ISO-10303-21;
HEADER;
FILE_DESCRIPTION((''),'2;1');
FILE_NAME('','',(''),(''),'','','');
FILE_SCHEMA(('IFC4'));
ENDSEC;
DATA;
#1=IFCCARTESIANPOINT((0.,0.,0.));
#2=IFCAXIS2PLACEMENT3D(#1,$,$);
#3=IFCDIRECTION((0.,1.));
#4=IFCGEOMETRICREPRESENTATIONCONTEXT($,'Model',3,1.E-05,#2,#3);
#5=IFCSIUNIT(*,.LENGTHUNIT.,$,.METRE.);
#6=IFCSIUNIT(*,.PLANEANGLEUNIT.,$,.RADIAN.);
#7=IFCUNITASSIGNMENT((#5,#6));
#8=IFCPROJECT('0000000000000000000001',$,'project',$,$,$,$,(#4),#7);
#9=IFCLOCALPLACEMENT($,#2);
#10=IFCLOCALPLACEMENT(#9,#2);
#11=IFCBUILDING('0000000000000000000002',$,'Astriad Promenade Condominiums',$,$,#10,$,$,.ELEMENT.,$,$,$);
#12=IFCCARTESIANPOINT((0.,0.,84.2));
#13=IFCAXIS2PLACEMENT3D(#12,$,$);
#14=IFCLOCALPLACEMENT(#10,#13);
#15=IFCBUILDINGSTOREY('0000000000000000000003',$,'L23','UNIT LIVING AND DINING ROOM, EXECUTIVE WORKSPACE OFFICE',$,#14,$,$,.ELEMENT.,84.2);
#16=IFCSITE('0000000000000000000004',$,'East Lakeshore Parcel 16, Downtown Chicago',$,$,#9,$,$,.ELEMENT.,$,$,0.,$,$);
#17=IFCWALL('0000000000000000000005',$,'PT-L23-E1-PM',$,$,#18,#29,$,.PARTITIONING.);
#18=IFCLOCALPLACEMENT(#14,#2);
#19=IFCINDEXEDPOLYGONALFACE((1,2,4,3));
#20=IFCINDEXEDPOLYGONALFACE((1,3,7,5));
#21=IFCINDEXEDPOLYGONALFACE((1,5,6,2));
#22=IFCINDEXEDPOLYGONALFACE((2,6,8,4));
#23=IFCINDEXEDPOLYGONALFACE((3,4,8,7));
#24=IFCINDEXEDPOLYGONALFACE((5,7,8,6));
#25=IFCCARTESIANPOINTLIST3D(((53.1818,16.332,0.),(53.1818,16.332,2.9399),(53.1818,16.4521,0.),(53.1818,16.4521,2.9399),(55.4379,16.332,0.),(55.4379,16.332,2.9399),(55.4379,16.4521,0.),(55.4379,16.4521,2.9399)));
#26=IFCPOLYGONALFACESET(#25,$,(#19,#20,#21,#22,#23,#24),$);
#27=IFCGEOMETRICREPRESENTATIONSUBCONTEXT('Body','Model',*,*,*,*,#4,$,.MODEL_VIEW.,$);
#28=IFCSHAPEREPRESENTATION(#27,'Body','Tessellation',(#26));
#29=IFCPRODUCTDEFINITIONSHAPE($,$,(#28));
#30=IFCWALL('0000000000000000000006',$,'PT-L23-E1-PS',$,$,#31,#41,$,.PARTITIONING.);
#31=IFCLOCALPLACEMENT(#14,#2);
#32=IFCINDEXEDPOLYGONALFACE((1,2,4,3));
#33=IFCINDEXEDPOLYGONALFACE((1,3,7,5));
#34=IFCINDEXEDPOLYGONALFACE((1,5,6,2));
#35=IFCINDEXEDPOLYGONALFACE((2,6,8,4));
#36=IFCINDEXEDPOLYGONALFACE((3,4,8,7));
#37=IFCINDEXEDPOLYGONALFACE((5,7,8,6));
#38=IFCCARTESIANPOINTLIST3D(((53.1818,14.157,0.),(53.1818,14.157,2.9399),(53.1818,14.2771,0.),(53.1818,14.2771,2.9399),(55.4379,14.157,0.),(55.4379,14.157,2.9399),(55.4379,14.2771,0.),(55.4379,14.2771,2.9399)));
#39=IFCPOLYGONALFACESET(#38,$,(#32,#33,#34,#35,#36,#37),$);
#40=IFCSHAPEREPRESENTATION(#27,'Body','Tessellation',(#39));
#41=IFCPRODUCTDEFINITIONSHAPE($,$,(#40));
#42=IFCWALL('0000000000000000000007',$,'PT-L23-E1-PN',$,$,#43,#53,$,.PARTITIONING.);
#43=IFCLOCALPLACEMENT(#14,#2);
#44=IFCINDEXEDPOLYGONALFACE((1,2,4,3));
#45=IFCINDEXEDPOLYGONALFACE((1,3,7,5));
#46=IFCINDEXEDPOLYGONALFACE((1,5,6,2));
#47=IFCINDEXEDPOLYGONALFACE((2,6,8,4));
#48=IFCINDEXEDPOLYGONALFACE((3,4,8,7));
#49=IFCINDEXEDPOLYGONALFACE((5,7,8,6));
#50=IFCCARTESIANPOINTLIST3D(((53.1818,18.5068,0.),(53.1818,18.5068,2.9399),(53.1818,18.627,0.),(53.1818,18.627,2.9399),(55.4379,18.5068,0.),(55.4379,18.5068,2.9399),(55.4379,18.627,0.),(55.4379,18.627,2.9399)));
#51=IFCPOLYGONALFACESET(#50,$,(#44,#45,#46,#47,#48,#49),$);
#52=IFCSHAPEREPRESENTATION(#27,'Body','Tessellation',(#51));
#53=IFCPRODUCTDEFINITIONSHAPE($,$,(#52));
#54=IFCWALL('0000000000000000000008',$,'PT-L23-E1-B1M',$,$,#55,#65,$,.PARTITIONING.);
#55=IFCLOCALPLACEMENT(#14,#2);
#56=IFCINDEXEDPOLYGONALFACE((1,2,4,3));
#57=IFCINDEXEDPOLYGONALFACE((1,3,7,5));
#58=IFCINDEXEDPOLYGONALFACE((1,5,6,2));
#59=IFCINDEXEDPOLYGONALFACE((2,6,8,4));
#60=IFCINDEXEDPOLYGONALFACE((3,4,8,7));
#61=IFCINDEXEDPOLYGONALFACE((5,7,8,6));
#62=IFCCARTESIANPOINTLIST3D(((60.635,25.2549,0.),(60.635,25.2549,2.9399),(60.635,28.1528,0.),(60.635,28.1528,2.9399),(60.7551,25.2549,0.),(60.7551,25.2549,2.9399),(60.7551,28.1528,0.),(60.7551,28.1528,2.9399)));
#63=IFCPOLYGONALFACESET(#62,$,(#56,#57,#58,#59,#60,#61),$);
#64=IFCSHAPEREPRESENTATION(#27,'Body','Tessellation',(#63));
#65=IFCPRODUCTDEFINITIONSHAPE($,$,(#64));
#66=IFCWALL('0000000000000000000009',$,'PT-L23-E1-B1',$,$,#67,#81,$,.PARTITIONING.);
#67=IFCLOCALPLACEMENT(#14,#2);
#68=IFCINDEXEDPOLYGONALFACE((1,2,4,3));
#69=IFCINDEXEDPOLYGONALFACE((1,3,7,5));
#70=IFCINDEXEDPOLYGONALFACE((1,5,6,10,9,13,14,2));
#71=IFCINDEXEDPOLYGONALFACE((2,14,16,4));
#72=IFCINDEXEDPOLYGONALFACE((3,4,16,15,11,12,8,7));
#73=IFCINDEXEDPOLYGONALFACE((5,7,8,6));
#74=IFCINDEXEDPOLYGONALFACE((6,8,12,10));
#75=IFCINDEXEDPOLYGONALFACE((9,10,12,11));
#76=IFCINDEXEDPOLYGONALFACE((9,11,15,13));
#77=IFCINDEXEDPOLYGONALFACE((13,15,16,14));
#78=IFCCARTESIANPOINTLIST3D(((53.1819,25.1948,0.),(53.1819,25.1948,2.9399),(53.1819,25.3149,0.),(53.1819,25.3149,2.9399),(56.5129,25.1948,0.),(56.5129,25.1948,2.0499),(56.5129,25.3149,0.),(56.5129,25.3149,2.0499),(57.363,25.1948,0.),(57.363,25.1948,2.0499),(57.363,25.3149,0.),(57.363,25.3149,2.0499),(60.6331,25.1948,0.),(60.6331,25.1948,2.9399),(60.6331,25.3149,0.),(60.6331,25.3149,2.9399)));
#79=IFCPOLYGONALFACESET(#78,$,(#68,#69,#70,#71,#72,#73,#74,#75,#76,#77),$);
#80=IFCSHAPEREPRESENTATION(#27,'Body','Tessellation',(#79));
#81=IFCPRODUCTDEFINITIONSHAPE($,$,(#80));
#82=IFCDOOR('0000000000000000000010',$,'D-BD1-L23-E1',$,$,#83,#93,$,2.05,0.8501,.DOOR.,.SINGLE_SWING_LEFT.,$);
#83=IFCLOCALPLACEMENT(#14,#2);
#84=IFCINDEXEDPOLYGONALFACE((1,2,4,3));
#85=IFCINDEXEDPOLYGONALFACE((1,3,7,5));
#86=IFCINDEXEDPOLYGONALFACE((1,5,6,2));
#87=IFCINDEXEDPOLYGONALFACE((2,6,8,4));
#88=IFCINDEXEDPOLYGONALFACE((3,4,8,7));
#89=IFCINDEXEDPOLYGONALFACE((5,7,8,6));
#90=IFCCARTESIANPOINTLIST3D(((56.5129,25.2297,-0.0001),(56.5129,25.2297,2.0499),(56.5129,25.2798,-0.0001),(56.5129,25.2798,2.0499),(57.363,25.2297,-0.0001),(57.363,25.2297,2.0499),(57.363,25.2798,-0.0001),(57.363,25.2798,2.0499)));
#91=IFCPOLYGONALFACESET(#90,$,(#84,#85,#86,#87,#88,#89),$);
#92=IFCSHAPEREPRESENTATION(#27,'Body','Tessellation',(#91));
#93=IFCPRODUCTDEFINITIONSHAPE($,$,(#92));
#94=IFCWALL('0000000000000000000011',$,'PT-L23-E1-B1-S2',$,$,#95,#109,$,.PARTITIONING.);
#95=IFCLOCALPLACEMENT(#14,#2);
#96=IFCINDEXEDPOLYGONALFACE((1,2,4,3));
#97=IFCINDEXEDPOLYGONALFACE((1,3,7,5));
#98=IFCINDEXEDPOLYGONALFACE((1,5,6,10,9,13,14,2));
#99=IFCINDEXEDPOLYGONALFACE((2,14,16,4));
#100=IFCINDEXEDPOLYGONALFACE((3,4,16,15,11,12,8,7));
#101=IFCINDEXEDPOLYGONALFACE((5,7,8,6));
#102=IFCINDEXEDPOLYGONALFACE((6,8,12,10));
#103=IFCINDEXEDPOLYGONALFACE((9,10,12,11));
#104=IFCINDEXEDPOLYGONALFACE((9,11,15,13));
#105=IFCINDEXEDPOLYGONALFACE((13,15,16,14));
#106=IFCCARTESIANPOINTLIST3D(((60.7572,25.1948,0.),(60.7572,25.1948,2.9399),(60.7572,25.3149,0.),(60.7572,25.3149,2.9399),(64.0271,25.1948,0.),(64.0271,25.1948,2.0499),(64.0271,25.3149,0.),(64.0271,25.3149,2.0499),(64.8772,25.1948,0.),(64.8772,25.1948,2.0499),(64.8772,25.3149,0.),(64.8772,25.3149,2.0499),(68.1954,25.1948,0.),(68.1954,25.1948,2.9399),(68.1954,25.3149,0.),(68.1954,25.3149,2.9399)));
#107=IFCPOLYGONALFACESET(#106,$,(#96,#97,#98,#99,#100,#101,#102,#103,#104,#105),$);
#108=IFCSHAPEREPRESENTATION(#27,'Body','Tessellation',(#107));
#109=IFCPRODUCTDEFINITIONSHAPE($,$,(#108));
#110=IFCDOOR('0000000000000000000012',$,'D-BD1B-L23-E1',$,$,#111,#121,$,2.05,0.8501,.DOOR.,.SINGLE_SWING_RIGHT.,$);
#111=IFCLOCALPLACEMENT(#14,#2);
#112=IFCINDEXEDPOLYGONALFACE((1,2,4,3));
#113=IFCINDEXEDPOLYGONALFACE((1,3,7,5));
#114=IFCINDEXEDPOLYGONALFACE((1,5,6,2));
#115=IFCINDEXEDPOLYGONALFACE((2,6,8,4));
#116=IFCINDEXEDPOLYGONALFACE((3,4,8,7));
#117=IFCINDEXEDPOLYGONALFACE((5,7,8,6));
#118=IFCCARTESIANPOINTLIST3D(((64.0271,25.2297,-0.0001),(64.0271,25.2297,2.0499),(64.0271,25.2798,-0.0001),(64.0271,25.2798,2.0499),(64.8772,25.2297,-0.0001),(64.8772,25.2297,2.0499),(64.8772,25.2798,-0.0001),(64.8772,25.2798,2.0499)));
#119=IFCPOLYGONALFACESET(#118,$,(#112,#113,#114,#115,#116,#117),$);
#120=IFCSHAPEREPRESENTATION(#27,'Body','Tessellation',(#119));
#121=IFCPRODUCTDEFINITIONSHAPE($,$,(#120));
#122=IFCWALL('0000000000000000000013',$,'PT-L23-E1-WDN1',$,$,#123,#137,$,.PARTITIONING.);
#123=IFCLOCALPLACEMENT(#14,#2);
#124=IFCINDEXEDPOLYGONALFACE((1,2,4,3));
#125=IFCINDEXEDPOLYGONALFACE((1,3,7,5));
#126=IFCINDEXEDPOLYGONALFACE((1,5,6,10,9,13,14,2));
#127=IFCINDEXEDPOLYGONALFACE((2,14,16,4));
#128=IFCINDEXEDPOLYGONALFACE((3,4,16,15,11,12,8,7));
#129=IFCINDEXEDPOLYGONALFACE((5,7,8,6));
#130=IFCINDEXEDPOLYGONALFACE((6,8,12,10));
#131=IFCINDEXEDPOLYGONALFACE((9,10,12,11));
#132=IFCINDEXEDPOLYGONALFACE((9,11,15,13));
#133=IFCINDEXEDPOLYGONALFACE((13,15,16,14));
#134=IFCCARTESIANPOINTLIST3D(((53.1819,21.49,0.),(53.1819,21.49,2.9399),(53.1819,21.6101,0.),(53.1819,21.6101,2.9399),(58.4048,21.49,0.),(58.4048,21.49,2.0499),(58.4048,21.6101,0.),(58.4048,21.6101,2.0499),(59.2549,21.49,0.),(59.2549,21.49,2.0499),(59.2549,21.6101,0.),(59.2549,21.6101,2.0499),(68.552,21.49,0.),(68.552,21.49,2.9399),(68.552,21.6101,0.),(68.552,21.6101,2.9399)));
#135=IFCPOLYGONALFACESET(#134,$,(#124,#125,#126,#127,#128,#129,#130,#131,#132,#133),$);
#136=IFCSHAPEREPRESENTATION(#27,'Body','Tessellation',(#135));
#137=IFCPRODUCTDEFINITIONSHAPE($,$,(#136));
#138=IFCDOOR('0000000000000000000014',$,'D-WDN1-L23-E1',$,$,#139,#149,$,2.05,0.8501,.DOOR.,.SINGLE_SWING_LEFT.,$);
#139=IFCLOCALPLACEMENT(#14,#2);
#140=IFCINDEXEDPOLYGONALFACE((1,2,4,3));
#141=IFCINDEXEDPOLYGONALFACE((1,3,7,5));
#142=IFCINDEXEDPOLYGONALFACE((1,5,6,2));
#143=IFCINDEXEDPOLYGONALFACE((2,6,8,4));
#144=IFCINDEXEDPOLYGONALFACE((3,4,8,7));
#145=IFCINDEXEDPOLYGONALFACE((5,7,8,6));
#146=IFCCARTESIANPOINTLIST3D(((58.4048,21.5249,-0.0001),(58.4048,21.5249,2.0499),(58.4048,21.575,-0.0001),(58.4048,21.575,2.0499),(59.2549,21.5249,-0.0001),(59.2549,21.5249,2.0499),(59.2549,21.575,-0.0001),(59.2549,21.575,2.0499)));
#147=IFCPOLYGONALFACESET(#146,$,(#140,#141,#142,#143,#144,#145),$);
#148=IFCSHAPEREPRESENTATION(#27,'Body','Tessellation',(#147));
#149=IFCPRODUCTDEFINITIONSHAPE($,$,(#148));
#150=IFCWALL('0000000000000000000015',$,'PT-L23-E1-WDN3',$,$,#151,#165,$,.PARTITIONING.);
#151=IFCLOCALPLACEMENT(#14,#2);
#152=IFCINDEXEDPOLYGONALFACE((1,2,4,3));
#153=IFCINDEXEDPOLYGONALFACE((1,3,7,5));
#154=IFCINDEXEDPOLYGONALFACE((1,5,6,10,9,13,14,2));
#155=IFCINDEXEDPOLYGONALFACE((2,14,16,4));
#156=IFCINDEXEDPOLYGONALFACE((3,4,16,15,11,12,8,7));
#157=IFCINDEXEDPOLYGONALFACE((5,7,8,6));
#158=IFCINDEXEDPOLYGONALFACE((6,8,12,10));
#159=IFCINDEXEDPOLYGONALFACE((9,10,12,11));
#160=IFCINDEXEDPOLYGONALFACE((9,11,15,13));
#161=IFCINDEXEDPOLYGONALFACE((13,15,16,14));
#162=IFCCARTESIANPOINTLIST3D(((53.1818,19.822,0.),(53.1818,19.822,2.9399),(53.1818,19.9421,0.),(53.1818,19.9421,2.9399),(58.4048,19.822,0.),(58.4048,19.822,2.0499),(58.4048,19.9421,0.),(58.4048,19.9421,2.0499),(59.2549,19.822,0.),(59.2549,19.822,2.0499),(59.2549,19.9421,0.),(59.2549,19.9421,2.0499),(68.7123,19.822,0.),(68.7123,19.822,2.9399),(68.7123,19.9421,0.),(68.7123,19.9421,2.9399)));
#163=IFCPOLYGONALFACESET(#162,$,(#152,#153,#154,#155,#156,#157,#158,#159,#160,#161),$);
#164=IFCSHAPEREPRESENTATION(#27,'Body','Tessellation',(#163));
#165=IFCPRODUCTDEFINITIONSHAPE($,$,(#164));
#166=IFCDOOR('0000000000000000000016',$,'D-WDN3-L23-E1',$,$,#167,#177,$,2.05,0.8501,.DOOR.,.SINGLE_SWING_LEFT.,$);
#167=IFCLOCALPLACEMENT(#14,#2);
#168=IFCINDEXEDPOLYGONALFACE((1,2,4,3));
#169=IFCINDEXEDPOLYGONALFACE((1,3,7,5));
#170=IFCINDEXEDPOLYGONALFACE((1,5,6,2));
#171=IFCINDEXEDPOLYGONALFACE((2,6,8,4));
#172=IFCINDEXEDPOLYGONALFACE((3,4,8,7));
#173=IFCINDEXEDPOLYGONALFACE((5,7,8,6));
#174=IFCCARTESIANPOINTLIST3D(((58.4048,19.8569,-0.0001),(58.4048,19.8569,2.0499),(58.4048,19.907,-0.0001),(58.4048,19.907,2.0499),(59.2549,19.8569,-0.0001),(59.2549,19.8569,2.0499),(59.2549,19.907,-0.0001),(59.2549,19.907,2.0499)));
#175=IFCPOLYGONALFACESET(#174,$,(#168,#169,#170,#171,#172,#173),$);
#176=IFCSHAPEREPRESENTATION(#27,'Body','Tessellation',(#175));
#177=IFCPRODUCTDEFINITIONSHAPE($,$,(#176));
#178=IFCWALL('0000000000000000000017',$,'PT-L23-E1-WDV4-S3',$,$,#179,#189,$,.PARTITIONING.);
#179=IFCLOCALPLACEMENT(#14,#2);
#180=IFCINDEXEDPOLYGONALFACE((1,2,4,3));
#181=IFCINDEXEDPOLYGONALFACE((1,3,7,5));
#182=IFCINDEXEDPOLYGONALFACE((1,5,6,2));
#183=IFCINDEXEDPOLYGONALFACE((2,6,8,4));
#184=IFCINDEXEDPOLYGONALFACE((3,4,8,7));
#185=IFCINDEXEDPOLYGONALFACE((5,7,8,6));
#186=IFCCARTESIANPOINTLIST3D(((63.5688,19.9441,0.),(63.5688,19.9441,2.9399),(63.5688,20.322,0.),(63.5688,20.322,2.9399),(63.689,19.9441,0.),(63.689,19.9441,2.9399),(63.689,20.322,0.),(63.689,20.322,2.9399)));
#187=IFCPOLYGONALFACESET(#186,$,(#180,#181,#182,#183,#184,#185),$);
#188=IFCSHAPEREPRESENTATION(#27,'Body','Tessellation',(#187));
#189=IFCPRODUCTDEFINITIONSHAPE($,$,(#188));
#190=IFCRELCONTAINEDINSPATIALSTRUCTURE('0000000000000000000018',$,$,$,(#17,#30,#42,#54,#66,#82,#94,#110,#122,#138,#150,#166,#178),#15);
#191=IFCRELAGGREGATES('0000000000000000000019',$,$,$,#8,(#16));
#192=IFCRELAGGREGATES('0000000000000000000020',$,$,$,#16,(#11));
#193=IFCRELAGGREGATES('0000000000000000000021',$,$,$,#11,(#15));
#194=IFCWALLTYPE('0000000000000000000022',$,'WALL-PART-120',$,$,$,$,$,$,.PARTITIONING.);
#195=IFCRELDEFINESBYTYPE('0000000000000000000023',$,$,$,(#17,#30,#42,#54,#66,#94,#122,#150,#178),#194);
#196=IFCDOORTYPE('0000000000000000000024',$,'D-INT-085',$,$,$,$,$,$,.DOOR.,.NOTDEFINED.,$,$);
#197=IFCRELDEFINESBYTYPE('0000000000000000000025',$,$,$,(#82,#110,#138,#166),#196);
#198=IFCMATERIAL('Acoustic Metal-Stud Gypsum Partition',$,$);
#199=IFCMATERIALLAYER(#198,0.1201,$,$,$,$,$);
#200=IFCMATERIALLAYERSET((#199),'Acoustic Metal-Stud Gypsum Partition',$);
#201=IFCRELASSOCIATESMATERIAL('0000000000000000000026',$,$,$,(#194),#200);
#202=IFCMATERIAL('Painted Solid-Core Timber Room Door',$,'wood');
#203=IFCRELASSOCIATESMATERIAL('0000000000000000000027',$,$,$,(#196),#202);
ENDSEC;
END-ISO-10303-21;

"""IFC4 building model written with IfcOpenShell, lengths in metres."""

from ifc_helpers import new_model, si_unit, direction, frame, frame_2d, origin, place, context, subcontext, project, spatial, rectangle, extrude, source, transform, mapped, material, layer, layer_set, type_object, type_shapes, element, fill, save


model = new_model("IFC4")

# Units and contexts
model_context = context("Model", 3, precision=1e-05, world=origin(), true_north=direction((0.0, 1.0)))
body_context = subcontext(model_context, "Body", "Model", "MODEL_VIEW")
ifc_project = project(units=[si_unit("LENGTHUNIT", "METRE"), si_unit("PLANEANGLEUNIT", "RADIAN")], contexts=[model_context])

# Site, building, storey
site_placement = place(None, origin())
site = spatial("IfcSite", under=ifc_project, at=site_placement, Name="East Lakeshore Parcel 16, Downtown Chicago", CompositionType="ELEMENT", RefElevation=0.0)
building_placement = place(site_placement, origin())
building = spatial("IfcBuilding", under=site, at=building_placement, Name="Astriad Promenade Condominiums", CompositionType="ELEMENT")
storey_placement = place(building_placement, frame((0.0, 0.0, 84.2)))
storey = spatial("IfcBuildingStorey", under=building, at=storey_placement, Name="L23", Description="UNIT LIVING AND DINING ROOM, EXECUTIVE WORKSPACE OFFICE", CompositionType="ELEMENT", Elevation=84.2)

# Shared definitions
ifc_material_1 = material(Name="Acoustic Metal-Stud Gypsum Partition")
ifc_layer = layer(ifc_material_1, 0.1201)
ifc_layer_set = layer_set([ifc_layer], Name="Acoustic Metal-Stud Gypsum Partition")
wall_type = type_object("IfcWallType", Name="WALL-PART-120", PredefinedType="PARTITIONING", material=ifc_layer_set)
ifc_material_2 = material(Name="Painted Solid-Core Timber Room Door", Category="wood")
door_type_1 = type_object("IfcDoorType", Name="D-INT-085", OperationType="NOTDEFINED", PredefinedType="DOOR", material=ifc_material_2)
shared_shape_1 = source(origin(), body_context, "Body", "SweptSolid", [
    extrude(rectangle(XDim=0.8501, YDim=2.05, at=frame_2d((0.425, 1.0249))), frame((0.0, 0.0249, 0.0), z_axis=(0.0, -1.0, 0.0), x_axis=(1.0, 0.0, 0.0)), (0.0, 0.0, 1.0), 0.05),
])
type_shapes(door_type_1, [shared_shape_1])

# Walls
for number, where, z_axis, x_axis, name in (
    (1, (53.1819, 16.3921, 0.0), (0.0, 0.0, 1.0), (1.0, 0.0, 0.0), "PT-L23-E1-PM"),
    (2, (53.1819, 14.217, 0.0), (0.0, 0.0, 1.0), (1.0, 0.0, 0.0), "PT-L23-E1-PS"),
    (3, (53.1819, 18.5669, 0.0), (0.0, 0.0, 1.0), (1.0, 0.0, 0.0), "PT-L23-E1-PN"),
):
    element("IfcWall", number, at=place(storey_placement, frame(where, z_axis=z_axis, x_axis=x_axis)), inside=storey, type_object=wall_type, Name=name, PredefinedType="PARTITIONING", context=body_context, shape_type="SweptSolid", body=[
        extrude(rectangle(XDim=2.2561, YDim=0.1201, at=frame_2d((1.1279, 0.0))), origin(), (0.0, 0.0, 1.0), 2.9399),
    ])
wall_1_placement = place(storey_placement, frame((60.6951, 25.2549, 0.0), z_axis=(0.0, 0.0, 1.0), x_axis=(0.0, 1.0, 0.0)))
element("IfcWall", 4, at=wall_1_placement, inside=storey, type_object=wall_type, Name="PT-L23-E1-B1M", PredefinedType="PARTITIONING", context=body_context, shape_type="SweptSolid", body=[
    extrude(rectangle(XDim=2.8979, YDim=0.1201, at=frame_2d((1.449, 0.0))), origin(), (0.0, 0.0, 1.0), 2.9399),
])

# Walls, openings, doors
wall_2_placement = place(storey_placement, frame((53.1819, 25.2549, 0.0), z_axis=(0.0, 0.0, 1.0), x_axis=(1.0, 0.0, 0.0)))
wall_2 = element("IfcWall", 5, at=wall_2_placement, inside=storey, type_object=wall_type, Name="PT-L23-E1-B1", PredefinedType="PARTITIONING", context=body_context, shape_type="SweptSolid", body=[
    extrude(rectangle(XDim=7.4512, YDim=0.1201, at=frame_2d((3.7256, 0.0))), origin(), (0.0, 0.0, 1.0), 2.9399),
])
opening_1_placement = place(wall_2_placement, frame((3.3311, 0.0, 0.0)))
opening_1 = element("IfcOpeningElement", 6, at=opening_1_placement, cuts=wall_2, PredefinedType="OPENING", context=body_context, shape_type="SweptSolid", body=[
    extrude(rectangle(XDim=0.8501, YDim=2.05, at=frame_2d((0.425, 1.0249))), frame((0.0, 0.0701, 0.0), z_axis=(0.0, -1.0, 0.0), x_axis=(1.0, 0.0, 0.0)), (0.0, 0.0, 1.0), 0.1401),
])
door_1_placement = place(opening_1_placement, origin())
door_1 = element("IfcDoor", 7, at=door_1_placement, inside=storey, type_object=door_type_1, Name="D-BD1-L23-E1", OperationType="SINGLE_SWING_LEFT", OverallHeight=2.05, OverallWidth=0.8501, PredefinedType="DOOR", context=body_context, shape_type="MappedRepresentation", body=[
    mapped(shared_shape_1, transform((0.0, 0.0, 0.0), scale=1.0)),
])
fill(opening_1, door_1)
wall_3_placement = place(storey_placement, frame((60.7571, 25.2549, 0.0), z_axis=(0.0, 0.0, 1.0), x_axis=(1.0, 0.0, 0.0)))
wall_3 = element("IfcWall", 8, at=wall_3_placement, inside=storey, type_object=wall_type, Name="PT-L23-E1-B1-S2", PredefinedType="PARTITIONING", context=body_context, shape_type="SweptSolid", body=[
    extrude(rectangle(XDim=7.4382, YDim=0.1201, at=frame_2d((3.7192, 0.0))), origin(), (0.0, 0.0, 1.0), 2.9399),
])
opening_2_placement = place(wall_3_placement, frame((3.27, 0.0, 0.0)))
opening_2 = element("IfcOpeningElement", 9, at=opening_2_placement, cuts=wall_3, PredefinedType="OPENING", context=body_context, shape_type="SweptSolid", body=[
    extrude(rectangle(XDim=0.8501, YDim=2.05, at=frame_2d((0.425, 1.0249))), frame((0.0, 0.0701, 0.0), z_axis=(0.0, -1.0, 0.0), x_axis=(1.0, 0.0, 0.0)), (0.0, 0.0, 1.0), 0.1401),
])
door_2_placement = place(opening_2_placement, origin())
door_2 = element("IfcDoor", 10, at=door_2_placement, inside=storey, type_object=door_type_1, Name="D-BD1B-L23-E1", OperationType="SINGLE_SWING_RIGHT", OverallHeight=2.05, OverallWidth=0.8501, PredefinedType="DOOR", context=body_context, shape_type="MappedRepresentation", body=[
    mapped(shared_shape_1, transform((0.0, 0.0, 0.0), scale=1.0)),
])
fill(opening_2, door_2)
wall_4_placement = place(storey_placement, frame((53.1819, 21.55, 0.0), z_axis=(0.0, 0.0, 1.0), x_axis=(1.0, 0.0, 0.0)))
wall_4 = element("IfcWall", 11, at=wall_4_placement, inside=storey, type_object=wall_type, Name="PT-L23-E1-WDN1", PredefinedType="PARTITIONING", context=body_context, shape_type="SweptSolid", body=[
    extrude(rectangle(XDim=15.3701, YDim=0.1201, at=frame_2d((7.6851, 0.0))), origin(), (0.0, 0.0, 1.0), 2.9399),
])
opening_3_placement = place(wall_4_placement, frame((5.2229, 0.0, 0.0)))
opening_3 = element("IfcOpeningElement", 12, at=opening_3_placement, cuts=wall_4, PredefinedType="OPENING", context=body_context, shape_type="SweptSolid", body=[
    extrude(rectangle(XDim=0.8501, YDim=2.05, at=frame_2d((0.425, 1.0249))), frame((0.0, 0.0701, 0.0), z_axis=(0.0, -1.0, 0.0), x_axis=(1.0, 0.0, 0.0)), (0.0, 0.0, 1.0), 0.1401),
])
door_3_placement = place(opening_3_placement, origin())
door_3 = element("IfcDoor", 13, at=door_3_placement, inside=storey, type_object=door_type_1, Name="D-WDN1-L23-E1", OperationType="SINGLE_SWING_LEFT", OverallHeight=2.05, OverallWidth=0.8501, PredefinedType="DOOR", context=body_context, shape_type="MappedRepresentation", body=[
    mapped(shared_shape_1, transform((0.0, 0.0, 0.0), scale=1.0)),
])
fill(opening_3, door_3)
wall_5_placement = place(storey_placement, frame((53.1819, 19.8821, 0.0), z_axis=(0.0, 0.0, 1.0), x_axis=(1.0, 0.0, 0.0)))
wall_5 = element("IfcWall", 14, at=wall_5_placement, inside=storey, type_object=wall_type, Name="PT-L23-E1-WDN3", PredefinedType="PARTITIONING", context=body_context, shape_type="SweptSolid", body=[
    extrude(rectangle(XDim=15.5305, YDim=0.1201, at=frame_2d((7.7651, 0.0))), origin(), (0.0, 0.0, 1.0), 2.9399),
])
opening_4_placement = place(wall_5_placement, frame((5.2229, 0.0, 0.0)))
opening_4 = element("IfcOpeningElement", 15, at=opening_4_placement, cuts=wall_5, PredefinedType="OPENING", context=body_context, shape_type="SweptSolid", body=[
    extrude(rectangle(XDim=0.8501, YDim=2.05, at=frame_2d((0.425, 1.0249))), frame((0.0, 0.0701, 0.0), z_axis=(0.0, -1.0, 0.0), x_axis=(1.0, 0.0, 0.0)), (0.0, 0.0, 1.0), 0.1401),
])
door_4_placement = place(opening_4_placement, origin())
door_4 = element("IfcDoor", 16, at=door_4_placement, inside=storey, type_object=door_type_1, Name="D-WDN3-L23-E1", OperationType="SINGLE_SWING_LEFT", OverallHeight=2.05, OverallWidth=0.8501, PredefinedType="DOOR", context=body_context, shape_type="MappedRepresentation", body=[
    mapped(shared_shape_1, transform((0.0, 0.0, 0.0), scale=1.0)),
])
fill(opening_4, door_4)

# Wall
for number, where, z_axis, x_axis, name in (
    (17, (63.6289, 19.9441, 0.0), (0.0, 0.0, 1.0), (0.0, 1.0, 0.0), "PT-L23-E1-WDV4-S3"),
):
    element("IfcWall", number, at=place(storey_placement, frame(where, z_axis=z_axis, x_axis=x_axis)), inside=storey, type_object=wall_type, Name=name, PredefinedType="PARTITIONING", context=body_context, shape_type="SweptSolid", body=[
        extrude(rectangle(XDim=0.3779, YDim=0.1201, at=frame_2d((0.189, 0.0))), origin(), (0.0, 0.0, 1.0), 2.9399),
    ])

save(model, "model.ifc")
